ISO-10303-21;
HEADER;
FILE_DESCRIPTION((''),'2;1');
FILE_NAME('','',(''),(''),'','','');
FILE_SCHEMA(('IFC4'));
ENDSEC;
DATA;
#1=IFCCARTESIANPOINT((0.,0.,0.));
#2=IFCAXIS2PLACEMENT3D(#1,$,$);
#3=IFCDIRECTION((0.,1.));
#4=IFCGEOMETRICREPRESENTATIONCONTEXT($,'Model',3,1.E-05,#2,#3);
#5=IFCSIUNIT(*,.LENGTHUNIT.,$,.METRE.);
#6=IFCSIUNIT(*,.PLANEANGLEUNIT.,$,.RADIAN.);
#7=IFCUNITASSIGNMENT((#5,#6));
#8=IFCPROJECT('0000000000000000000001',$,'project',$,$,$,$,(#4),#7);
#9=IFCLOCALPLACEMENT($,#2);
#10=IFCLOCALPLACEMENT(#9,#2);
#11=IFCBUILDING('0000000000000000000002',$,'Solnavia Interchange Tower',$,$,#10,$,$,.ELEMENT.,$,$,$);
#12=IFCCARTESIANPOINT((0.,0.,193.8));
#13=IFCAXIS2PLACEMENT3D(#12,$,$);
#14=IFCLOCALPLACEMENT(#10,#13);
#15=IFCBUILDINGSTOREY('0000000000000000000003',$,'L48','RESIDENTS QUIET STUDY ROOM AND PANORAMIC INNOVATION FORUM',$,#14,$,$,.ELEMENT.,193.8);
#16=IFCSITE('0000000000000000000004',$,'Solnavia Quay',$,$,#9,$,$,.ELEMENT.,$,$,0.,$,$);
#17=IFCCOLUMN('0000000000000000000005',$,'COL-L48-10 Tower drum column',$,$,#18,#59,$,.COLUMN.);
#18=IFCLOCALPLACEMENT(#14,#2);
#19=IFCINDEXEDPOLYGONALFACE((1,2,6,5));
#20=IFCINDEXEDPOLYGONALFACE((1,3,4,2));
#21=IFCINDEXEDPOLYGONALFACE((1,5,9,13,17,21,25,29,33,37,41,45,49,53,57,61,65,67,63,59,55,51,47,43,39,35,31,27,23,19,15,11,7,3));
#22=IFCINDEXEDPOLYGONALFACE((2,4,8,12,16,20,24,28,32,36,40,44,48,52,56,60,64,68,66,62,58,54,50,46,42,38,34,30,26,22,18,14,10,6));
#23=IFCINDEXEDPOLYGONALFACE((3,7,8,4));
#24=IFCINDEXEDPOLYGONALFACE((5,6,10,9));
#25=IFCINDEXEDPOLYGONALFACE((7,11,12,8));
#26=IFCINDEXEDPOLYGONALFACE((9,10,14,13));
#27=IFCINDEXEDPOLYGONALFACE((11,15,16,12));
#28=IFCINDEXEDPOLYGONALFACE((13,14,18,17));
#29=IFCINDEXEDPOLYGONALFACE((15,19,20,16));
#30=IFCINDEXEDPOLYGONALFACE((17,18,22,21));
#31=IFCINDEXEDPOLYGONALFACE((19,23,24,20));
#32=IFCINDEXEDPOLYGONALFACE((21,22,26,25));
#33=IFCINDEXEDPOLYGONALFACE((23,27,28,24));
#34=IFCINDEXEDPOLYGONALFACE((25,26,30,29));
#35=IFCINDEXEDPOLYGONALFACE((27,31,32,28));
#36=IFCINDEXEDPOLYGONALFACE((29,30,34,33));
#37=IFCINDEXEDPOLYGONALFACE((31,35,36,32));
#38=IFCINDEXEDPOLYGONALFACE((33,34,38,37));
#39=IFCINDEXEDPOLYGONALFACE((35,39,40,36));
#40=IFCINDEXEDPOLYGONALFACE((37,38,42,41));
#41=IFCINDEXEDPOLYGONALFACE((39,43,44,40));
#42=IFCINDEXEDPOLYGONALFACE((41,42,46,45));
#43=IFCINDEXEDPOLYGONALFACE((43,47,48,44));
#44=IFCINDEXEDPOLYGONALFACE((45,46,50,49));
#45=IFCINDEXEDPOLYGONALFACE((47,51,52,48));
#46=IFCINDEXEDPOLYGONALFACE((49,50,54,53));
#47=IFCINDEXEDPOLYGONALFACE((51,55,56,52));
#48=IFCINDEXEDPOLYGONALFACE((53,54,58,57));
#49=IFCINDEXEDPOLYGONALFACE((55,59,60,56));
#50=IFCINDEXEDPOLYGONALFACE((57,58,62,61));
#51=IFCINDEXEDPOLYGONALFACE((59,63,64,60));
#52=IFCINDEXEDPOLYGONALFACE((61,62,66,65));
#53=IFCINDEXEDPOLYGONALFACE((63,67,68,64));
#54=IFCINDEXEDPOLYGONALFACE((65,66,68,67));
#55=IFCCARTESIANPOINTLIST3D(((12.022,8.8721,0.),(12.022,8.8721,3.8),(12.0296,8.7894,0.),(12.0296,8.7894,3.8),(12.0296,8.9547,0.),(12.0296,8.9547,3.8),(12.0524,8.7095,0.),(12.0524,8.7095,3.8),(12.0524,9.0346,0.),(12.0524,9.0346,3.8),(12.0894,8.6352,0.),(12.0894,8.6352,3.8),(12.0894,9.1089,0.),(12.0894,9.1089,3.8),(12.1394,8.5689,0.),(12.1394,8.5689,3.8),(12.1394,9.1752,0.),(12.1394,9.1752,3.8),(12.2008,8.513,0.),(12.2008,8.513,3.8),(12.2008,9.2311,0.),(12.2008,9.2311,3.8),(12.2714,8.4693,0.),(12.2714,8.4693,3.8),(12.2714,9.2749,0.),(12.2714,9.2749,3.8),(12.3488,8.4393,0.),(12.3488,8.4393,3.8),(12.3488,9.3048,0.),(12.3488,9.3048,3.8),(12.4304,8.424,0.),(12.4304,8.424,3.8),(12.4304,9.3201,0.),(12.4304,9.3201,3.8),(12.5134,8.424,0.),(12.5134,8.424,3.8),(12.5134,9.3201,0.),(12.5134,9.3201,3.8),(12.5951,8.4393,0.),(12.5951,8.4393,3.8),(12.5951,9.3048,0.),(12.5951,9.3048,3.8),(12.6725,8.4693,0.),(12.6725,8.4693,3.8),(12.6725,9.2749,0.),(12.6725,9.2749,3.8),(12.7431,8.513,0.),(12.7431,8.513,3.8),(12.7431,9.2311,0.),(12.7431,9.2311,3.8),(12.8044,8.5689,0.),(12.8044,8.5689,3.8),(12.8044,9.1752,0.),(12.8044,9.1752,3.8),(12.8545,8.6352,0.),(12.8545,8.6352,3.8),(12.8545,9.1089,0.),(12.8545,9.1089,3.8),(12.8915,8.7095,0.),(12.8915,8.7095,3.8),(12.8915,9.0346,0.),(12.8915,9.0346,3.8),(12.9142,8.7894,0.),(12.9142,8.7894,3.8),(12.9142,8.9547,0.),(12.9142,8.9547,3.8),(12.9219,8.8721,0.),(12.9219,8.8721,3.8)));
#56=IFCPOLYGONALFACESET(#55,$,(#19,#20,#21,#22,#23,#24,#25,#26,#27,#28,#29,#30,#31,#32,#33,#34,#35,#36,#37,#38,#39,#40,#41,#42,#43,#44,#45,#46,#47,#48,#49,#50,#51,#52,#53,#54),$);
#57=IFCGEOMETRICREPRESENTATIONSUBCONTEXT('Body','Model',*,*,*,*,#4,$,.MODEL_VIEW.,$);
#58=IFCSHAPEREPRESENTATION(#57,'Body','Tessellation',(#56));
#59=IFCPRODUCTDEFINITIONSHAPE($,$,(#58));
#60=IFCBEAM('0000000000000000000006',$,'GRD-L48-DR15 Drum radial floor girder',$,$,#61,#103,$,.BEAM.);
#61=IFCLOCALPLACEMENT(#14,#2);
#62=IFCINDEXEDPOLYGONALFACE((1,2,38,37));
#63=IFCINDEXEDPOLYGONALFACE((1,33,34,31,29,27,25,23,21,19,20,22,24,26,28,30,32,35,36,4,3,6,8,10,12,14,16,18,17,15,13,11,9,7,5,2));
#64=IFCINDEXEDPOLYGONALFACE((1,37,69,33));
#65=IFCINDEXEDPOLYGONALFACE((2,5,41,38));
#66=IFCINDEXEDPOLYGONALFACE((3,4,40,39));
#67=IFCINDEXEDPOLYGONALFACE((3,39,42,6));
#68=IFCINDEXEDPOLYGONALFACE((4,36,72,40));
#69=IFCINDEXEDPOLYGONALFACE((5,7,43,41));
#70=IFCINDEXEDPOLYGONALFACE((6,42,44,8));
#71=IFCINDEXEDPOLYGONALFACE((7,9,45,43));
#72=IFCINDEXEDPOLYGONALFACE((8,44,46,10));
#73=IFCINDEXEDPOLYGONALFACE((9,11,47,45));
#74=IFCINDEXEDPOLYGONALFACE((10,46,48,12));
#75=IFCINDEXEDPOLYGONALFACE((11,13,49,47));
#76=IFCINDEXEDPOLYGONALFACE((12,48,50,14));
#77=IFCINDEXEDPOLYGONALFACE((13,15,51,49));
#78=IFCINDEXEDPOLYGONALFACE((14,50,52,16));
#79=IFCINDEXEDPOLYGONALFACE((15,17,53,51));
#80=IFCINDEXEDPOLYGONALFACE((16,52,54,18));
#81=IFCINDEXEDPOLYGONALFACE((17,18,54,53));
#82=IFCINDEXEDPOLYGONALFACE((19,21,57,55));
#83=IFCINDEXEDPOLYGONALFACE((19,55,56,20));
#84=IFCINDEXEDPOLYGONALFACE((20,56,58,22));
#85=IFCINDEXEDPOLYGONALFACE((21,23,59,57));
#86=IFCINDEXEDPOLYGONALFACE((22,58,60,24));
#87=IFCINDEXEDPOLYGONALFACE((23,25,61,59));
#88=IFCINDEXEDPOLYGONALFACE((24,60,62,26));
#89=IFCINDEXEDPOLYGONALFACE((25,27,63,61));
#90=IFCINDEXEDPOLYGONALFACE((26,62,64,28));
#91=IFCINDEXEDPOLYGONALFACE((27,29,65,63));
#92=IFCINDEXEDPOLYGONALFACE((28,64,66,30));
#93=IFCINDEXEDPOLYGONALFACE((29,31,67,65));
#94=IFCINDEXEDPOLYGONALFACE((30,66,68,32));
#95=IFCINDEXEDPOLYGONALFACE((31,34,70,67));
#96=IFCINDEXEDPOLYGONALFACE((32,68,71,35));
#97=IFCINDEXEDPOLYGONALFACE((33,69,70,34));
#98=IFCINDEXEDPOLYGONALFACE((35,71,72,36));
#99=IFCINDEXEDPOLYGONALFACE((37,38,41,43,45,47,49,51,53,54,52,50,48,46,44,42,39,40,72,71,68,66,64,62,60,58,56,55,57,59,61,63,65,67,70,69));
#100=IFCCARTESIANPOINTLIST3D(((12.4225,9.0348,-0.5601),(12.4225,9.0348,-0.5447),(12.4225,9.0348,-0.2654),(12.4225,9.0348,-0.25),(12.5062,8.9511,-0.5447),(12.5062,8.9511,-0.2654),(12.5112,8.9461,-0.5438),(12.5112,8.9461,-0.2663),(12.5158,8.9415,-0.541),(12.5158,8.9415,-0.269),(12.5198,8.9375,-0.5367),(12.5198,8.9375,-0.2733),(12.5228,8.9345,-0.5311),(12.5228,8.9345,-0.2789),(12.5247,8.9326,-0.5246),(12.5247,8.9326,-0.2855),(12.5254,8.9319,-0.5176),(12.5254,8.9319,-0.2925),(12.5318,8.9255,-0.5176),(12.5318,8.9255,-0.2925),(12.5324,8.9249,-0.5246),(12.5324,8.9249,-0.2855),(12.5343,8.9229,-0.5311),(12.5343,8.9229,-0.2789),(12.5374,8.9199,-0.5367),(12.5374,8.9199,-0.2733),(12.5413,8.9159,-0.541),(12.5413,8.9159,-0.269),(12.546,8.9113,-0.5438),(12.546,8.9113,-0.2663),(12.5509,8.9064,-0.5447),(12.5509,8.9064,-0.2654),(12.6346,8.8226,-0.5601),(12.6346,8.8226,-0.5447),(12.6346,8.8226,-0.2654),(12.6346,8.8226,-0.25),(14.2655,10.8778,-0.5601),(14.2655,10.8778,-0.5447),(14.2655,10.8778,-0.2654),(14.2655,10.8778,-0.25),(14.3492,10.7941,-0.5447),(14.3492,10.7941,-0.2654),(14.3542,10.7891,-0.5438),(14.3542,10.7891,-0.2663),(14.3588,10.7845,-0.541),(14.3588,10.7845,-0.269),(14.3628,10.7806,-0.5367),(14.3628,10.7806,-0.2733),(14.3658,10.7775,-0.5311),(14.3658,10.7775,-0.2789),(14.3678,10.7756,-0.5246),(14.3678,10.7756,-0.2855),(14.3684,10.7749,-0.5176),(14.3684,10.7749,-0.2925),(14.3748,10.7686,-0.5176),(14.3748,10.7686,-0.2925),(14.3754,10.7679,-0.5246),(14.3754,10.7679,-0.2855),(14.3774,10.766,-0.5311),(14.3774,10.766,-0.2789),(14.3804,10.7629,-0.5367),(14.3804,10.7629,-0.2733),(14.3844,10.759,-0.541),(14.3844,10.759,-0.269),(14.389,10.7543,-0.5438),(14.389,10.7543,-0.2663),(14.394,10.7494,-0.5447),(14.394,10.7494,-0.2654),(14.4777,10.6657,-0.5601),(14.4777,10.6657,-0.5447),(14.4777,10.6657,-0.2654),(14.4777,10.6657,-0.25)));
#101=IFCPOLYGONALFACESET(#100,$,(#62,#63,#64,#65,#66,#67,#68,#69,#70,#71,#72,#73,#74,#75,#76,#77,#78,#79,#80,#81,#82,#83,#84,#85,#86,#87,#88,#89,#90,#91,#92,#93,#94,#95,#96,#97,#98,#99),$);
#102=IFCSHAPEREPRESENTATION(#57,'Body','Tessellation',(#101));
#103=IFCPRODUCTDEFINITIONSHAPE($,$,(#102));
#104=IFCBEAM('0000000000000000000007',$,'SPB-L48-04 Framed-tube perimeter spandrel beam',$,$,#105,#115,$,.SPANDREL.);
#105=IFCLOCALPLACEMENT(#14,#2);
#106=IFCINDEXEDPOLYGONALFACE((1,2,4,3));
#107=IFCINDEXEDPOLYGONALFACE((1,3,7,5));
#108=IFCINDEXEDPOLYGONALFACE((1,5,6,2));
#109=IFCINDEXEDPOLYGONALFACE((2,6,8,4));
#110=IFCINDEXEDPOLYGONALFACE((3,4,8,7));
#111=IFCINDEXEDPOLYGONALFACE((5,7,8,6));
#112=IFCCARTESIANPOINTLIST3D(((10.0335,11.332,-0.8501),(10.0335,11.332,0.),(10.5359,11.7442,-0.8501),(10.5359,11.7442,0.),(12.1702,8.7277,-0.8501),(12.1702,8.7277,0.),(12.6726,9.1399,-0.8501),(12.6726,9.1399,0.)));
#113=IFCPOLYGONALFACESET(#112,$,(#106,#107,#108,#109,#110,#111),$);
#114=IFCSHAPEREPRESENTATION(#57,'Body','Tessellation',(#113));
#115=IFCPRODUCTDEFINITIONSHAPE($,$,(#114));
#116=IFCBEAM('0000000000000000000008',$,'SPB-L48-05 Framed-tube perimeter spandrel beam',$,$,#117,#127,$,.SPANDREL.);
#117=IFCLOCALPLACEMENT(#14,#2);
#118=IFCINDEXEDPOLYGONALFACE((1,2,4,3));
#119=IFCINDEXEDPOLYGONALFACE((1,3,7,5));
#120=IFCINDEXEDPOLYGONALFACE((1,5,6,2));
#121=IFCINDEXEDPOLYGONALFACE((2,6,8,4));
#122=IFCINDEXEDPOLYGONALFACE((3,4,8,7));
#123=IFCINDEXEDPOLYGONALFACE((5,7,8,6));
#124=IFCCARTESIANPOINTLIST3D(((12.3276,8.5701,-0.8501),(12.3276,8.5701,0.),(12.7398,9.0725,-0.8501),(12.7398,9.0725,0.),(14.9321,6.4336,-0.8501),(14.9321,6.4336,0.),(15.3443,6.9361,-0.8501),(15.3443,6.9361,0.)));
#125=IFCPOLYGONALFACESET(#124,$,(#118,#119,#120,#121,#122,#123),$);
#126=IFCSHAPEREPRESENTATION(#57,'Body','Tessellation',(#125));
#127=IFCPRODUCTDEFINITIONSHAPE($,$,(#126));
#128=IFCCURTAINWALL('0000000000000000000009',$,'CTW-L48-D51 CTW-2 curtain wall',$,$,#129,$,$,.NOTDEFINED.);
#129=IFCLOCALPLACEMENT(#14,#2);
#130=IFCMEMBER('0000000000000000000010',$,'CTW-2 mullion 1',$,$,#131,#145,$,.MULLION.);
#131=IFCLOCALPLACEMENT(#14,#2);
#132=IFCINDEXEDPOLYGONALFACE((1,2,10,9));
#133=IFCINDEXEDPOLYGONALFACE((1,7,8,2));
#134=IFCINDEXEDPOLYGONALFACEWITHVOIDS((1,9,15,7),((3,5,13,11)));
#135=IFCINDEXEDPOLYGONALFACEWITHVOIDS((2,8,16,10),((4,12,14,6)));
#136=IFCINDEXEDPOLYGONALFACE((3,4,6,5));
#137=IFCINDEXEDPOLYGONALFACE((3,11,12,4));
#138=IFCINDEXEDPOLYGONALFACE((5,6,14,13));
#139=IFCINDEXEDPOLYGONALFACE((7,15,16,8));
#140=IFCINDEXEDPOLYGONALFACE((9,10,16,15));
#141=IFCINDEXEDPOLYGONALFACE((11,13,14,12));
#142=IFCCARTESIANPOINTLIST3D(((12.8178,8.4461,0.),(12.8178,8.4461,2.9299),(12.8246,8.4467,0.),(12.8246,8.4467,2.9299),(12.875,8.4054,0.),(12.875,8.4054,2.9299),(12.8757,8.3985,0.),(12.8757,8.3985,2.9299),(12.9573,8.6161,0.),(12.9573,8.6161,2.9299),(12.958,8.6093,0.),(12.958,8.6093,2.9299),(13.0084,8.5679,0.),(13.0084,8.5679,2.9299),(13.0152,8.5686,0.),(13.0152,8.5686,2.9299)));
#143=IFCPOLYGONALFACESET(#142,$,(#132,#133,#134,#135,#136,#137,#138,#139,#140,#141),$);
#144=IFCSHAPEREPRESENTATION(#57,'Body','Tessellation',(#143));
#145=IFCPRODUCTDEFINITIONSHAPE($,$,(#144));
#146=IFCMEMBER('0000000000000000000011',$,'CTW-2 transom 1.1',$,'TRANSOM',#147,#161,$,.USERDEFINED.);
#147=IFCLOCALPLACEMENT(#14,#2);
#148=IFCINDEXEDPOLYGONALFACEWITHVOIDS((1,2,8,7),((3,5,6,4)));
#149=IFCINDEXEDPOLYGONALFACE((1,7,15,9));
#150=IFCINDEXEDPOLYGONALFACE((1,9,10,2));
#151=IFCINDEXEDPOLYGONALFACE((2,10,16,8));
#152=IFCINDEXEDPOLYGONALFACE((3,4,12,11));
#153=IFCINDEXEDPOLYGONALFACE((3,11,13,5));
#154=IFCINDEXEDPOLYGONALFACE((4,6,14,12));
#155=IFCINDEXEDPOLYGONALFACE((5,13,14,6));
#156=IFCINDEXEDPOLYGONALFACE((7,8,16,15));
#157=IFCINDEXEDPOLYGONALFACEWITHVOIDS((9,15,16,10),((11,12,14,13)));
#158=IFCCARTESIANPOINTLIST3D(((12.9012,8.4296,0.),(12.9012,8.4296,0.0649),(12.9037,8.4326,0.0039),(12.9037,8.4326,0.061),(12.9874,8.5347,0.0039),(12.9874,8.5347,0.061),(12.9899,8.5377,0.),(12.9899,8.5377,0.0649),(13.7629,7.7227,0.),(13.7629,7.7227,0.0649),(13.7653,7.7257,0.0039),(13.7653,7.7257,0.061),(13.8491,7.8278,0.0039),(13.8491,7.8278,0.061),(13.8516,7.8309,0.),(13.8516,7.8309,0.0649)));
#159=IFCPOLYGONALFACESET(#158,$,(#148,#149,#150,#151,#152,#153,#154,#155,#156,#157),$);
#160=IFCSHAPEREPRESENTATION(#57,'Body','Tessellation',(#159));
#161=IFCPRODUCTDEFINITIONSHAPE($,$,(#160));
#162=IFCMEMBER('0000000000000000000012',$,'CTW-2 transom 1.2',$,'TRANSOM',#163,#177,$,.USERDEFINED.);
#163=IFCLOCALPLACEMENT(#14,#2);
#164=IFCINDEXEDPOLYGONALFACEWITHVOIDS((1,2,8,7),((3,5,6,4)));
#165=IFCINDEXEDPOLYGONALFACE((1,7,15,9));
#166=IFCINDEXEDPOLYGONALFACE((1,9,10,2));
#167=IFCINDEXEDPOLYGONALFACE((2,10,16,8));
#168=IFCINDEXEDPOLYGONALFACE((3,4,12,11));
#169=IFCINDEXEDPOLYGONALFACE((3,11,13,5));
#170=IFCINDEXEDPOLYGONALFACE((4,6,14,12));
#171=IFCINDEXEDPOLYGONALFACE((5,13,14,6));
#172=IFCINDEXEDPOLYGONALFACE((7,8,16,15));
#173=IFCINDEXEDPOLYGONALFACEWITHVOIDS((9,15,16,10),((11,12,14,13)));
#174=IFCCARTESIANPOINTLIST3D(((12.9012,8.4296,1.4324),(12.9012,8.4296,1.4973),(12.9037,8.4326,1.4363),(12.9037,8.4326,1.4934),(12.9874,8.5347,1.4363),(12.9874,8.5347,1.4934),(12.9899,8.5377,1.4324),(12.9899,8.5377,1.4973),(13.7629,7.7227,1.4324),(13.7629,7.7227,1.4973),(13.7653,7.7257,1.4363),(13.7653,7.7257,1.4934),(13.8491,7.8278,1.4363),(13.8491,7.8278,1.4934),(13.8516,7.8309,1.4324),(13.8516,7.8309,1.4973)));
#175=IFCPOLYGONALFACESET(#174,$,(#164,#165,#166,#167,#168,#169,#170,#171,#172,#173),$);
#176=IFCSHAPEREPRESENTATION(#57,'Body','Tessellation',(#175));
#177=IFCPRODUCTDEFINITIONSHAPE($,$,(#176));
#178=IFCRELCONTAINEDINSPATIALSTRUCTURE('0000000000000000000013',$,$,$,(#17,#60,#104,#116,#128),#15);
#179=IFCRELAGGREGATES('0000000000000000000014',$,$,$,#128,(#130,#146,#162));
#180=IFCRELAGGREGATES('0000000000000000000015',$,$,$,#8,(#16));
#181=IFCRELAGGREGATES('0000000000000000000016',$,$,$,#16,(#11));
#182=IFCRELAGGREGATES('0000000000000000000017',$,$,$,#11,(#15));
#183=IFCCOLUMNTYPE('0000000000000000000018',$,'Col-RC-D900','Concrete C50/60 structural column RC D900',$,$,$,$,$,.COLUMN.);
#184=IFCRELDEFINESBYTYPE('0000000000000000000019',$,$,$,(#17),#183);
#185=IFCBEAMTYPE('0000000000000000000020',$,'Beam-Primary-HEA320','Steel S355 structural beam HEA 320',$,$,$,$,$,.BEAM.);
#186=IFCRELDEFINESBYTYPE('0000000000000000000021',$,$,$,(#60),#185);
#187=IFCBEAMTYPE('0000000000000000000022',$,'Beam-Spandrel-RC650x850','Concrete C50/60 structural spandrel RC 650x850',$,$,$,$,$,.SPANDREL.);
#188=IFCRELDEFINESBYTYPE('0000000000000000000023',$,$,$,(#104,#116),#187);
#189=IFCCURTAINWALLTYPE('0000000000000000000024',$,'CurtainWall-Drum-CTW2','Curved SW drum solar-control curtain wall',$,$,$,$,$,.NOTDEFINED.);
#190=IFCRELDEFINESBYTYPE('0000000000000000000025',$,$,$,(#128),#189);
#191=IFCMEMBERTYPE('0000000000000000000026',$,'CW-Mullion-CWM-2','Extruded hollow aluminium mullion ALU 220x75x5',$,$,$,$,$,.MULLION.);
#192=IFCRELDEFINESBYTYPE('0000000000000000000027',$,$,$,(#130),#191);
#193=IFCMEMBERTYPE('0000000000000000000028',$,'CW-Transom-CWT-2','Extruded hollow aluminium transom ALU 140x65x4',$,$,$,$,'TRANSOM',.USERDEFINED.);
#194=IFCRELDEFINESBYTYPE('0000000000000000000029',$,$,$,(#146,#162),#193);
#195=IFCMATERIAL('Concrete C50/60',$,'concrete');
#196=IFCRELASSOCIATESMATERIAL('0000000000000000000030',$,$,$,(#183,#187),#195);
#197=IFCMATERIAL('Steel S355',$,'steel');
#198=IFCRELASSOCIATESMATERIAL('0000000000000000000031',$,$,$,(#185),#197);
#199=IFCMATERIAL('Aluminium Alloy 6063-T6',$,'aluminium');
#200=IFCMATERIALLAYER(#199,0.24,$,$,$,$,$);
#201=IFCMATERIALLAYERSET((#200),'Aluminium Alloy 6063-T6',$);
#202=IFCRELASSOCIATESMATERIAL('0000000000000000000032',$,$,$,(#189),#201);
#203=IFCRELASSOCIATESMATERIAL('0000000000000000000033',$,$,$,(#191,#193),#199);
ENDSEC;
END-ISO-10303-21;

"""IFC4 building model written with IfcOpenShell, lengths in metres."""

from ifc_helpers import new_model, si_unit, direction, frame, origin, origin_2d, place, context, subcontext, project, spatial, rectangle, hollow_rectangle, circle, i_section, extrude, material, layer, layer_set, material_profile, profile_set, type_object, element, aggregate, save


model = new_model("IFC4")

# Units and contexts
model_context = context("Model", 3, precision=1e-05, world=origin(), true_north=direction((0.0, 1.0)))
body_context = subcontext(model_context, "Body", "Model", "MODEL_VIEW")
ifc_project = project(units=[si_unit("LENGTHUNIT", "METRE"), si_unit("PLANEANGLEUNIT", "RADIAN")], contexts=[model_context])

# Site, building, storey
site_placement = place(None, origin())
site = spatial("IfcSite", under=ifc_project, at=site_placement, Name="Solnavia Quay", CompositionType="ELEMENT", RefElevation=0.0)
building_placement = place(site_placement, origin())
building = spatial("IfcBuilding", under=site, at=building_placement, Name="Solnavia Interchange Tower", CompositionType="ELEMENT")
storey_placement = place(building_placement, frame((0.0, 0.0, 193.8)))
storey = spatial("IfcBuildingStorey", under=building, at=storey_placement, Name="L48", Description="RESIDENTS QUIET STUDY ROOM AND PANORAMIC INNOVATION FORUM", CompositionType="ELEMENT", Elevation=193.8)

# Column
ifc_material_1 = material(Name="Concrete C50/60", Category="concrete")
ifc_material_profile_1 = material_profile(ifc_material_1, circle(Radius=0.45, at=origin_2d()), Name="RC D900")
ifc_profile_set_1 = profile_set([ifc_material_profile_1], Name="Concrete C50/60")
column_type = type_object("IfcColumnType", Name="Col-RC-D900", Description="Concrete C50/60 structural column RC D900", PredefinedType="COLUMN", material=ifc_profile_set_1)
column_placement = place(storey_placement, frame((12.4719, 8.8721, 0.0), z_axis=(0.0, 0.0, 1.0), x_axis=(1.0, 0.0, 0.0)))
element("IfcColumn", 1, at=column_placement, inside=storey, type_object=column_type, Name="COL-L48-10 Tower drum column", PredefinedType="COLUMN", context=body_context, shape_type="SweptSolid", body=[
    extrude(circle(Radius=0.45, at=origin_2d()), origin(), (0.0, 0.0, 1.0), 3.8),
])

# Beams
ifc_material_2 = material(Name="Steel S355", Category="steel")
ifc_material_profile_2 = material_profile(ifc_material_2, i_section(OverallWidth=0.3, OverallDepth=0.3101, WebThickness=0.009, FlangeThickness=0.0154, FilletRadius=0.0271, at=origin_2d()), Name="HEA 320")
ifc_profile_set_2 = profile_set([ifc_material_profile_2], Name="Steel S355")
beam_type_1 = type_object("IfcBeamType", Name="Beam-Primary-HEA320", Description="Steel S355 structural beam HEA 320", PredefinedType="BEAM", material=ifc_profile_set_2)
beam_placement = place(storey_placement, frame((12.5286, 8.9287, -0.405), z_axis=(0.707107, 0.707107, 0.0), x_axis=(-0.707107, 0.707107, 0.0)))
element("IfcBeam", 2, at=beam_placement, inside=storey, type_object=beam_type_1, Name="GRD-L48-DR15 Drum radial floor girder", PredefinedType="BEAM", context=body_context, shape_type="SweptSolid", body=[
    extrude(i_section(OverallWidth=0.3, OverallDepth=0.3101, WebThickness=0.009, FlangeThickness=0.0154, FilletRadius=0.0271, at=origin_2d()), origin(), (0.0, 0.0, 1.0), 2.6064),
])
ifc_material_profile_3 = material_profile(ifc_material_1, rectangle(XDim=0.6499, YDim=0.8501, at=origin_2d()), Name="RC 650x850")
ifc_profile_set_3 = profile_set([ifc_material_profile_3], Name="Concrete C50/60")
beam_type_2 = type_object("IfcBeamType", Name="Beam-Spandrel-RC650x850", Description="Concrete C50/60 structural spandrel RC 650x850", PredefinedType="SPANDREL", material=ifc_profile_set_3)
for number, where, z_axis, x_axis, name in (
    (3, (10.2847, 11.5381, -0.425), (0.634299, -0.773088, 0.0), (0.773088, 0.634299, 0.0), "SPB-L48-04 Framed-tube perimeter spandrel beam"),
    (4, (12.5337, 8.8213, -0.425), (0.773153, -0.63422, 0.0), (0.63422, 0.773153, 0.0), "SPB-L48-05 Framed-tube perimeter spandrel beam"),
):
    element("IfcBeam", number, at=place(storey_placement, frame(where, z_axis=z_axis, x_axis=x_axis)), inside=storey, type_object=beam_type_2, Name=name, PredefinedType="SPANDREL", context=body_context, shape_type="SweptSolid", body=[
        extrude(rectangle(XDim=0.6499, YDim=0.8501, at=origin_2d()), origin(), (0.0, 0.0, 1.0), 3.3687),
    ])

# Curtain wall, members
ifc_material_3 = material(Name="Aluminium Alloy 6063-T6", Category="aluminium")
ifc_layer_1 = layer(ifc_material_3, 0.24)
ifc_layer_set_1 = layer_set([ifc_layer_1], Name="Aluminium Alloy 6063-T6")
curtain_wall_type = type_object("IfcCurtainWallType", Name="CurtainWall-Drum-CTW2", Description="Curved SW drum solar-control curtain wall", PredefinedType="NOTDEFINED", material=ifc_layer_set_1)
curtain_wall_placement = place(storey_placement, origin())
curtain_wall = element("IfcCurtainWall", 5, at=curtain_wall_placement, inside=storey, type_object=curtain_wall_type, Name="CTW-L48-D51 CTW-2 curtain wall", PredefinedType="NOTDEFINED")
ifc_material_profile_4 = material_profile(ifc_material_3, hollow_rectangle(XDim=0.075, YDim=0.22, WallThickness=0.0049, at=origin_2d()), Name="ALU 220x75x5")
ifc_profile_set_4 = profile_set([ifc_material_profile_4], Name="Aluminium Alloy 6063-T6")
member_type_1 = type_object("IfcMemberType", Name="CW-Mullion-CWM-2", Description="Extruded hollow aluminium mullion ALU 220x75x5", PredefinedType="MULLION", material=ifc_profile_set_4)
member_1_placement = place(storey_placement, frame((12.9165, 8.5073, 0.0), z_axis=(0.0, 0.0, 1.0), x_axis=(0.773103, -0.63428, 0.0)))
member_1 = element("IfcMember", 6, at=member_1_placement, type_object=member_type_1, Name="CTW-2 mullion 1", PredefinedType="MULLION", context=body_context, shape_type="SweptSolid", body=[
    extrude(hollow_rectangle(XDim=0.075, YDim=0.22, WallThickness=0.0049, at=origin_2d()), origin(), (0.0, 0.0, 1.0), 2.9299),
])
ifc_material_profile_5 = material_profile(ifc_material_3, hollow_rectangle(XDim=0.0649, YDim=0.1399, WallThickness=0.0039, at=origin_2d()), Name="ALU 140x65x4")
ifc_profile_set_5 = profile_set([ifc_material_profile_5], Name="Aluminium Alloy 6063-T6")
member_type_2 = type_object("IfcMemberType", Name="CW-Transom-CWT-2", Description="Extruded hollow aluminium transom ALU 140x65x4", ElementType="TRANSOM", PredefinedType="USERDEFINED", material=ifc_profile_set_5)
member_2_placement = place(storey_placement, frame((12.9456, 8.4836, 0.0325), z_axis=(0.773137, -0.634239, 0.0), x_axis=(0.0, 0.0, 1.0)))
member_2 = element("IfcMember", 7, at=member_2_placement, type_object=member_type_2, Name="CTW-2 transom 1.1", ObjectType="TRANSOM", PredefinedType="USERDEFINED", context=body_context, shape_type="SweptSolid", body=[
    extrude(hollow_rectangle(XDim=0.0649, YDim=0.1399, WallThickness=0.0039, at=origin_2d()), origin(), (0.0, 0.0, 1.0), 1.1145),
])
member_3_placement = place(storey_placement, frame((12.9456, 8.4836, 1.4648), z_axis=(0.773137, -0.634239, 0.0), x_axis=(0.0, 0.0, 1.0)))
member_3 = element("IfcMember", 8, at=member_3_placement, type_object=member_type_2, Name="CTW-2 transom 1.2", ObjectType="TRANSOM", PredefinedType="USERDEFINED", context=body_context, shape_type="SweptSolid", body=[
    extrude(hollow_rectangle(XDim=0.0649, YDim=0.1399, WallThickness=0.0039, at=origin_2d()), origin(), (0.0, 0.0, 1.0), 1.1145),
])
aggregate(curtain_wall, [member_1, member_2, member_3])

save(model, "model.ifc")
